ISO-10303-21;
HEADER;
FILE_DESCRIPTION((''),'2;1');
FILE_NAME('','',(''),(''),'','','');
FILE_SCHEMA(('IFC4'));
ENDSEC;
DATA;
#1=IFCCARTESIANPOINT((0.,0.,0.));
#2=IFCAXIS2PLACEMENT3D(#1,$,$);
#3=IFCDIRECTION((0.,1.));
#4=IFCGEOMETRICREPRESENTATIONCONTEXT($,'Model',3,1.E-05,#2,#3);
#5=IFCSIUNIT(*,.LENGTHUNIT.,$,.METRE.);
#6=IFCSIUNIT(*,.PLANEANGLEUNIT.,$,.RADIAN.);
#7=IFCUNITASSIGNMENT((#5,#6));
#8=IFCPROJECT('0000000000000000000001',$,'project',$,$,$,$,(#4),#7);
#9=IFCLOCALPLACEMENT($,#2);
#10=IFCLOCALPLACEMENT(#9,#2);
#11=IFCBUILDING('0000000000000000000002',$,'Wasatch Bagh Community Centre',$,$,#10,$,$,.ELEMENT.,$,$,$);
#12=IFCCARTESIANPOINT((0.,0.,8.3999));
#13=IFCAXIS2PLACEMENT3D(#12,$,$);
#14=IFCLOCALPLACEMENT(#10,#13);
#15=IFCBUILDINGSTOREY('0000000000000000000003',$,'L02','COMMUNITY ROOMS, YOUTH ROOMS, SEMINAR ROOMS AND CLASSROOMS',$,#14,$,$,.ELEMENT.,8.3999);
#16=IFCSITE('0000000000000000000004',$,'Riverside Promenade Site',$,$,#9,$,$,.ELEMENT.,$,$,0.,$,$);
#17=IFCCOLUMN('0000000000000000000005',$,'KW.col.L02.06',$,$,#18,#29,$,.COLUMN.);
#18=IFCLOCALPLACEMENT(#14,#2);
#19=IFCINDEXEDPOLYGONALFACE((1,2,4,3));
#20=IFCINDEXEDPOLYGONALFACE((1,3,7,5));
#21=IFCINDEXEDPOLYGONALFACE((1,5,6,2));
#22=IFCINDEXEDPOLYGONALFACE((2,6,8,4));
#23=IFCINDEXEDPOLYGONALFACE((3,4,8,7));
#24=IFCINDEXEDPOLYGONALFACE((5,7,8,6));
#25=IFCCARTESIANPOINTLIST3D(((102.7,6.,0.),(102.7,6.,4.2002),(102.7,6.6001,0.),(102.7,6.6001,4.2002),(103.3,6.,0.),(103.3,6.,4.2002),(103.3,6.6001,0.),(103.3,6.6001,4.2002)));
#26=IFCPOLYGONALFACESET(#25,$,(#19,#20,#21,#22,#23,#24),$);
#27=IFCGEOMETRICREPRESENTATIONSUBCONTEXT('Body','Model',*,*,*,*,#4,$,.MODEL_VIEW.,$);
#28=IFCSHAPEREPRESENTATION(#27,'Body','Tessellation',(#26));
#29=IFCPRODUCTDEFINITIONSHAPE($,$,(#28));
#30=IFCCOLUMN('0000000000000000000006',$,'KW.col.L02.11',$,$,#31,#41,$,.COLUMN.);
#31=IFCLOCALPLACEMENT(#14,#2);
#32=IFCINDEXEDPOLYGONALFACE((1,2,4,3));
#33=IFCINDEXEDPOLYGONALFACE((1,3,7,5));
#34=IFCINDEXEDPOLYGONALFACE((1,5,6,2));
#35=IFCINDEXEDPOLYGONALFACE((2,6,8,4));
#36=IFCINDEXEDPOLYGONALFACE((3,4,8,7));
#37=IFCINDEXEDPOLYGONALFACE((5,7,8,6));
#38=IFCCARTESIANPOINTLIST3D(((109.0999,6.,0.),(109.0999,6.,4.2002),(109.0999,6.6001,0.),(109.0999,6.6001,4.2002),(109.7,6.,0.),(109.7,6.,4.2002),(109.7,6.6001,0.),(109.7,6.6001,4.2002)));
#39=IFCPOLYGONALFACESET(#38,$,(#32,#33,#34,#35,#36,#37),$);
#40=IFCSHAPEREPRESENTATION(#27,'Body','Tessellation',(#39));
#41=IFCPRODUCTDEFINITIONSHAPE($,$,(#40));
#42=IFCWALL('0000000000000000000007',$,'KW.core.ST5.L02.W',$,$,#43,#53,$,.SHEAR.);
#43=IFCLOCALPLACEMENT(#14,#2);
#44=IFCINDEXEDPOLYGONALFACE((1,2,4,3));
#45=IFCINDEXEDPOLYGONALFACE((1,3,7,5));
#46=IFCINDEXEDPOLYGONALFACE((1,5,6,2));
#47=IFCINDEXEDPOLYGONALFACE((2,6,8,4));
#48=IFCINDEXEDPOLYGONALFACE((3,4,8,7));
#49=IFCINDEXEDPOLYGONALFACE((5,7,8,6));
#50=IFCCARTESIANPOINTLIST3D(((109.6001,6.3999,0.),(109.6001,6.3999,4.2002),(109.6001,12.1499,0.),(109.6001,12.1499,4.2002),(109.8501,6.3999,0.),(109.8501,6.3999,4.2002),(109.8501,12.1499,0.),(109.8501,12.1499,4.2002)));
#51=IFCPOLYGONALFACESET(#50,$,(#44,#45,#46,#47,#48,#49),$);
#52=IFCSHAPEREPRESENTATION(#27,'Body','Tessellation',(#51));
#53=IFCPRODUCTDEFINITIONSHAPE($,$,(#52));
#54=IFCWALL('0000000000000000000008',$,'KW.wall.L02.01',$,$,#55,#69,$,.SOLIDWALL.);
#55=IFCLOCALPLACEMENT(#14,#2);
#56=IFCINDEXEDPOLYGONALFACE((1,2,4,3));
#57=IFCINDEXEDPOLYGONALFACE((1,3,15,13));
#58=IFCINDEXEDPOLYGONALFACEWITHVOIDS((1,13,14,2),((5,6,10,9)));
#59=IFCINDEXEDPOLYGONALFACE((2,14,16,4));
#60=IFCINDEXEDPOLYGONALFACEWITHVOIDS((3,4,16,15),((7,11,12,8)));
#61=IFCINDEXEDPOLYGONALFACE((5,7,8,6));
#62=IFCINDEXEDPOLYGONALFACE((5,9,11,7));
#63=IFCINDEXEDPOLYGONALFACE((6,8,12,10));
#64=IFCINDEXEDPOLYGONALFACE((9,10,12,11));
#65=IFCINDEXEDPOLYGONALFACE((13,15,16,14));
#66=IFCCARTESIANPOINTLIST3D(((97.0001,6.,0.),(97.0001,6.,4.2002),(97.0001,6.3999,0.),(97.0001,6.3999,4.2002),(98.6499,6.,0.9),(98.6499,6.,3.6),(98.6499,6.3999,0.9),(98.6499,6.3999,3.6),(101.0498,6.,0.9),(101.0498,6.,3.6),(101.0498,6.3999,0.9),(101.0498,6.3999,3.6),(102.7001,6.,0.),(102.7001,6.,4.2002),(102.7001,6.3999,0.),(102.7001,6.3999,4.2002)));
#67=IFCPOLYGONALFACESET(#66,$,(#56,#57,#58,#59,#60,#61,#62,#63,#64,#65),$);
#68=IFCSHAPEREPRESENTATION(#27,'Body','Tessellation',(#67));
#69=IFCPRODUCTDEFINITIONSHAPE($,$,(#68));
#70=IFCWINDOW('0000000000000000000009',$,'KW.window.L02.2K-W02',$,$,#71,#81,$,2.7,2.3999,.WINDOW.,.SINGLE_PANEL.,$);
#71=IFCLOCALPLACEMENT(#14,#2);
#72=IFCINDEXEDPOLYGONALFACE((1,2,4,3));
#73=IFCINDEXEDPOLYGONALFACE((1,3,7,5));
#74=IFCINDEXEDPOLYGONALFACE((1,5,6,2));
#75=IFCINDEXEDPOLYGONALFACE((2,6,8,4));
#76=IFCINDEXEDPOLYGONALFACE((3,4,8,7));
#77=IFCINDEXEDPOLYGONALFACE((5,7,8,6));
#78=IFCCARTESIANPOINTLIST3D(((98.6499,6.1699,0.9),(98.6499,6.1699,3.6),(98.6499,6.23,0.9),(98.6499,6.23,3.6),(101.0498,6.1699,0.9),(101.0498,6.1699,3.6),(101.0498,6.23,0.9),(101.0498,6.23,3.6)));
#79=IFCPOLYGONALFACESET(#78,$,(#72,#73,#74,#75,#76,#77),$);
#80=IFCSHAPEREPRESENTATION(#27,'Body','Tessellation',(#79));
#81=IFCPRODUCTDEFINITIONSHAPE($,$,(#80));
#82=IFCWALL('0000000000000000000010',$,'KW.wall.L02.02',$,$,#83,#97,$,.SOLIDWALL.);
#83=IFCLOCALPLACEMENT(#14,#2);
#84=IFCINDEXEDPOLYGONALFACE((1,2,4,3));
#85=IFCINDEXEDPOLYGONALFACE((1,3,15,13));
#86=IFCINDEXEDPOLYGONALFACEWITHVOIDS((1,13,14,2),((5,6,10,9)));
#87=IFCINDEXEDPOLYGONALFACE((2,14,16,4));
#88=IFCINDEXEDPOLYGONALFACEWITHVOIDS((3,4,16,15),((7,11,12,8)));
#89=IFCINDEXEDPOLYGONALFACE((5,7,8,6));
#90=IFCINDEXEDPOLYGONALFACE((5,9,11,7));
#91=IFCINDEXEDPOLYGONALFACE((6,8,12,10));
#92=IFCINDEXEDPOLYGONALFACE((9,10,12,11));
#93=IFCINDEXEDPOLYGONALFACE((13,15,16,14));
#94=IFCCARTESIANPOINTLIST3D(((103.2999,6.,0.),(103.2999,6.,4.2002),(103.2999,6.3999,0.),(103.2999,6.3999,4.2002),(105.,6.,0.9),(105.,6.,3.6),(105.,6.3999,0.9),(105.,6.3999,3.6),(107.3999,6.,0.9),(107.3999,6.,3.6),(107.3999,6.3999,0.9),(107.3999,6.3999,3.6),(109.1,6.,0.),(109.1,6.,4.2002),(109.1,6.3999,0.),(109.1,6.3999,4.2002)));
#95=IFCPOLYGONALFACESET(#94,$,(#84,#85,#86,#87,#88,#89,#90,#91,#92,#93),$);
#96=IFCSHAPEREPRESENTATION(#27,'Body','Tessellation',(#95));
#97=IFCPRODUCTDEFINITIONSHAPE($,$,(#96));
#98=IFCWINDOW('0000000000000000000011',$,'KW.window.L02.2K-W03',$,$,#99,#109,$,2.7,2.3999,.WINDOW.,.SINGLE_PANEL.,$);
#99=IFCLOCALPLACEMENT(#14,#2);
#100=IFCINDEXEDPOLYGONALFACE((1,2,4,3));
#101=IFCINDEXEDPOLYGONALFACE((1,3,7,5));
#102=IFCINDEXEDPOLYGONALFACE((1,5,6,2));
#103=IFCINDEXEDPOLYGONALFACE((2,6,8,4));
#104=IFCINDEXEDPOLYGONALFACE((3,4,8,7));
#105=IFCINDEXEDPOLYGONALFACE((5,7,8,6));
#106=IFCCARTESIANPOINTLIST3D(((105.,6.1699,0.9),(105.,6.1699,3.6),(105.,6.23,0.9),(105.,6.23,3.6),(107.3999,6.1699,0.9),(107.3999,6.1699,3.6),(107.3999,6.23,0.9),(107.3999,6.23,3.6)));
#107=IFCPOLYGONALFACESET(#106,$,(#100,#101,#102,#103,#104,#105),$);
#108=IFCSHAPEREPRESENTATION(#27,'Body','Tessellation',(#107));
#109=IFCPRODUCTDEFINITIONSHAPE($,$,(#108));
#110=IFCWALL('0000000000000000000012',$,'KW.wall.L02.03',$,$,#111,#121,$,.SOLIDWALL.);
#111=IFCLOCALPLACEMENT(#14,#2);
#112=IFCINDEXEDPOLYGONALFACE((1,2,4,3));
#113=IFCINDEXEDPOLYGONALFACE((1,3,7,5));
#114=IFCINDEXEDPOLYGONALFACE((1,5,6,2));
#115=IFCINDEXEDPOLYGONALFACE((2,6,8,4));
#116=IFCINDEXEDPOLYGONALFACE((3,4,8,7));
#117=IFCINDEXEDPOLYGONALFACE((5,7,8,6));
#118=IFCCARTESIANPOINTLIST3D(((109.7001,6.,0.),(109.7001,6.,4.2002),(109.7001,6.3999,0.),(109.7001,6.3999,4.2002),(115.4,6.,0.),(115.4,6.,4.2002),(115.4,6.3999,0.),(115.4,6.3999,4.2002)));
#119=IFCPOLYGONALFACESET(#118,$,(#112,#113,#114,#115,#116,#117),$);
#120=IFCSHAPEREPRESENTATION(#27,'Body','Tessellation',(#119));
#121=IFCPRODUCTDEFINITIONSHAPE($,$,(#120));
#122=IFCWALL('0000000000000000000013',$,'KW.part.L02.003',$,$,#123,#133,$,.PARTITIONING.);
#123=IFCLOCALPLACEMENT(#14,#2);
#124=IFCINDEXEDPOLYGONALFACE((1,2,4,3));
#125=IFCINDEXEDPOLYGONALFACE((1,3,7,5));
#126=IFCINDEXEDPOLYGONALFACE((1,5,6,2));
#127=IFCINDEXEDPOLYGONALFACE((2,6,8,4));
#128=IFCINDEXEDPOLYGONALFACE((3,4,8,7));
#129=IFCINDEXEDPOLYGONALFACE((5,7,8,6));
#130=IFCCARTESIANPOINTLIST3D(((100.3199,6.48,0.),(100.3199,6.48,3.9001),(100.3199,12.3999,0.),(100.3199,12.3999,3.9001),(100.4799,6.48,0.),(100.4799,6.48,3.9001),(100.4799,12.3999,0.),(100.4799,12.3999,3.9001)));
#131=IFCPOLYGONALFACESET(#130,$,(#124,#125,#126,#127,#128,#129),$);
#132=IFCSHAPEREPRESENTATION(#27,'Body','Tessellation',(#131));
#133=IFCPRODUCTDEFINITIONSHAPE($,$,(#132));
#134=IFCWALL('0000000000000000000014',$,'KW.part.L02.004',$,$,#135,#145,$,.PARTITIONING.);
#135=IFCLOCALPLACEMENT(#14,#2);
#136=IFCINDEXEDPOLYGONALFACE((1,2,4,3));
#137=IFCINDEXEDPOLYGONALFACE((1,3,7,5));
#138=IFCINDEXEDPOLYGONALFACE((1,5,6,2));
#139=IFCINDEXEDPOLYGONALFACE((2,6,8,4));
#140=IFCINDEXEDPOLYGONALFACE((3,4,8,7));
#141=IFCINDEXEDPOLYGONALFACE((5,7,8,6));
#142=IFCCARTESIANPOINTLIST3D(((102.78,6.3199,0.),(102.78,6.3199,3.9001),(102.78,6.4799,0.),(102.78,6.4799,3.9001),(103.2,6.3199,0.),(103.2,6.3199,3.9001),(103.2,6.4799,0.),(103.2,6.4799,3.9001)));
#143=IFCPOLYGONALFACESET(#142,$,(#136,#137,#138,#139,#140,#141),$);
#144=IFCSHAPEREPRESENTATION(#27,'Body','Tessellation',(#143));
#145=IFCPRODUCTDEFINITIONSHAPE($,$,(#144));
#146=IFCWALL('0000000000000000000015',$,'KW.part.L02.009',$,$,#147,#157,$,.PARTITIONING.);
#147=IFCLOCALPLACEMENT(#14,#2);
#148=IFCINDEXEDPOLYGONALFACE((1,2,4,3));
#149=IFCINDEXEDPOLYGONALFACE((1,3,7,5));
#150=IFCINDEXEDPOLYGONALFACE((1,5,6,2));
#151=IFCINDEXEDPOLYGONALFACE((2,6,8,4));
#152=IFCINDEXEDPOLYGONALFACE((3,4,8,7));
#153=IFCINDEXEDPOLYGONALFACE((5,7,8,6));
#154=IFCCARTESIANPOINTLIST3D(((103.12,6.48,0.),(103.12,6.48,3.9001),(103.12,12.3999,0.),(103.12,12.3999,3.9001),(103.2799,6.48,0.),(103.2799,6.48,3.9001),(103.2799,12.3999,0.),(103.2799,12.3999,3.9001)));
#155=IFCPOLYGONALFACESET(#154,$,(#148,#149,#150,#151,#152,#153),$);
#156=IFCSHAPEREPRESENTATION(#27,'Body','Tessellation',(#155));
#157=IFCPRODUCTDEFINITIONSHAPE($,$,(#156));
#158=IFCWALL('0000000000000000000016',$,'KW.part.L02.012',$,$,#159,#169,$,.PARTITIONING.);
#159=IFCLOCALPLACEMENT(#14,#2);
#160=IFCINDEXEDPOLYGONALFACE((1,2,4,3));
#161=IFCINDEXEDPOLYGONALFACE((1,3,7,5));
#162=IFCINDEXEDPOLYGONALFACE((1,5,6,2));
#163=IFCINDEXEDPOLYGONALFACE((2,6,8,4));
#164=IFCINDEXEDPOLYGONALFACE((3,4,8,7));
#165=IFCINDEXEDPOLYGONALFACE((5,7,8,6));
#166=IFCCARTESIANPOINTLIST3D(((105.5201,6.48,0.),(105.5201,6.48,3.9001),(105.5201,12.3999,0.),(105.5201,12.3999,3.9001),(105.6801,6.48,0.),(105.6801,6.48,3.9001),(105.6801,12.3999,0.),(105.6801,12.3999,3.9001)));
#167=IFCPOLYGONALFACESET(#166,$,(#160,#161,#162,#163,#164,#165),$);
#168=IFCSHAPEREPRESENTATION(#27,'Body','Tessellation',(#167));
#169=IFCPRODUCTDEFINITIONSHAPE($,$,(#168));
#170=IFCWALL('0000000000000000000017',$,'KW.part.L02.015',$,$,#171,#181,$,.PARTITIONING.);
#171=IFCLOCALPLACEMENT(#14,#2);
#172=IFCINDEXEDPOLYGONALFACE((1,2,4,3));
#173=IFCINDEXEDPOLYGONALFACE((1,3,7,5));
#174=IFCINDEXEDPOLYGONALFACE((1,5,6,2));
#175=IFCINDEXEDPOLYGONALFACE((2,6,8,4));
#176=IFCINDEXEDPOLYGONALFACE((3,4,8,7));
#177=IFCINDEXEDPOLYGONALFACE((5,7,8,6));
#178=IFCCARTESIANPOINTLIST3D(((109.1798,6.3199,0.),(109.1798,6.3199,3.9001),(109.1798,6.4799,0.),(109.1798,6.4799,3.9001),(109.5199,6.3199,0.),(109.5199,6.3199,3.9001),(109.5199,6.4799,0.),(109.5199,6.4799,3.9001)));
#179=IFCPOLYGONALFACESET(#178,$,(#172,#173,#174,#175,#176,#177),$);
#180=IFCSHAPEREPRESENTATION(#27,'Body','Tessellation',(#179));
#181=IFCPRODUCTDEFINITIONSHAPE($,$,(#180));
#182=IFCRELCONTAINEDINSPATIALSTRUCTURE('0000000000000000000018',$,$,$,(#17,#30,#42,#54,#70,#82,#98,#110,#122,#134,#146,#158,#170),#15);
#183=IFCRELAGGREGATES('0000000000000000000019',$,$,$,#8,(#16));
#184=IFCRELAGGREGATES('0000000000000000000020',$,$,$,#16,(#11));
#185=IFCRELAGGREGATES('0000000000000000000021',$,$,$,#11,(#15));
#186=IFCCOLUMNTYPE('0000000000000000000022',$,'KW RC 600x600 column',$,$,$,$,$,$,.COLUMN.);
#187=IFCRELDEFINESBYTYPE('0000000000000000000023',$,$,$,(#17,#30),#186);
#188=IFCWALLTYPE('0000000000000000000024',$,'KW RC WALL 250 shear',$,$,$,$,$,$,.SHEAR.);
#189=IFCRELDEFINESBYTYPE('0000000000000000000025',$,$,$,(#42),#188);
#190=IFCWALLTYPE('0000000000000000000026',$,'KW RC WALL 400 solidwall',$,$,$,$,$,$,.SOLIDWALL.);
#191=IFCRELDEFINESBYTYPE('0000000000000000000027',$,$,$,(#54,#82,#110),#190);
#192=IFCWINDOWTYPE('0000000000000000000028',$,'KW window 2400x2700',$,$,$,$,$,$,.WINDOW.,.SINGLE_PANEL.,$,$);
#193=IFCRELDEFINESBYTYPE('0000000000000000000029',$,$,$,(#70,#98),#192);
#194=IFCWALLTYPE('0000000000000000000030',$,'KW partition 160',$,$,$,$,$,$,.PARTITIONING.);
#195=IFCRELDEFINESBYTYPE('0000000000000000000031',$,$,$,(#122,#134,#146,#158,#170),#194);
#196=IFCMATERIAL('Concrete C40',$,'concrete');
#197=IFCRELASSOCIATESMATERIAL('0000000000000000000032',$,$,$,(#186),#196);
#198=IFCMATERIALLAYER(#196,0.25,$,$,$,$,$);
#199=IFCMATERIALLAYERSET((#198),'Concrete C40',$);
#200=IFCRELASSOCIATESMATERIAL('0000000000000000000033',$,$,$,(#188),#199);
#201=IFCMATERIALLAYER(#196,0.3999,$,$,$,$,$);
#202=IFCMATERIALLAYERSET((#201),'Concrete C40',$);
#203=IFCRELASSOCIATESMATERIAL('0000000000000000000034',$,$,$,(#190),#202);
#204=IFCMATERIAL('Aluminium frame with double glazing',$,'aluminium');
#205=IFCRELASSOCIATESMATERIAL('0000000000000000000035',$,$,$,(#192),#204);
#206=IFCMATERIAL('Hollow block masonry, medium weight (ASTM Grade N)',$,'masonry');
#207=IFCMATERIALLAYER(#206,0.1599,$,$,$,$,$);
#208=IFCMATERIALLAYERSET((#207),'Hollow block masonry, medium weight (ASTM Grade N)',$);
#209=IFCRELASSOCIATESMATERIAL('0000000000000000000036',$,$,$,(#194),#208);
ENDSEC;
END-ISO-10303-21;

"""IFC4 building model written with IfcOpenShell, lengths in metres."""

from ifc_helpers import new_model, si_unit, direction, frame, frame_2d, origin, origin_2d, place, context, subcontext, project, spatial, rectangle, extrude, material, layer, layer_set, material_profile, profile_set, type_object, element, fill, save


model = new_model("IFC4")

# Units and contexts
model_context = context("Model", 3, precision=1e-05, world=origin(), true_north=direction((0.0, 1.0)))
body_context = subcontext(model_context, "Body", "Model", "MODEL_VIEW")
ifc_project = project(units=[si_unit("LENGTHUNIT", "METRE"), si_unit("PLANEANGLEUNIT", "RADIAN")], contexts=[model_context])

# Site, building, storey
site_placement = place(None, origin())
site = spatial("IfcSite", under=ifc_project, at=site_placement, Name="Riverside Promenade Site", CompositionType="ELEMENT", RefElevation=0.0)
building_placement = place(site_placement, origin())
building = spatial("IfcBuilding", under=site, at=building_placement, Name="Wasatch Bagh Community Centre", CompositionType="ELEMENT")
storey_placement = place(building_placement, frame((0.0, 0.0, 8.3999)))
storey = spatial("IfcBuildingStorey", under=building, at=storey_placement, Name="L02", Description="COMMUNITY ROOMS, YOUTH ROOMS, SEMINAR ROOMS AND CLASSROOMS", CompositionType="ELEMENT", Elevation=8.3999)

# Columns
ifc_material_1 = material(Name="Concrete C40", Category="concrete")
ifc_material_profile = material_profile(ifc_material_1, rectangle(XDim=0.6001, YDim=0.6001, at=origin_2d()), Name="RC 600x600")
ifc_profile_set = profile_set([ifc_material_profile], Name="Concrete C40")
column_type = type_object("IfcColumnType", Name="KW RC 600x600 column", PredefinedType="COLUMN", material=ifc_profile_set)
for number, where, z_axis, x_axis, name in (
    (1, (103.0, 6.3, 0.0), (0.0, 0.0, 1.0), (1.0, 0.0, 0.0), "KW.col.L02.06"),
    (2, (109.3999, 6.3, 0.0), (0.0, 0.0, 1.0), (1.0, 0.0, 0.0), "KW.col.L02.11"),
):
    element("IfcColumn", number, at=place(storey_placement, frame(where, z_axis=z_axis, x_axis=x_axis)), inside=storey, type_object=column_type, Name=name, PredefinedType="COLUMN", context=body_context, shape_type="SweptSolid", body=[
        extrude(rectangle(XDim=0.6001, YDim=0.6001, at=origin_2d()), origin(), (0.0, 0.0, 1.0), 4.2002),
    ])

# Wall
ifc_layer_1 = layer(ifc_material_1, 0.25)
ifc_layer_set_1 = layer_set([ifc_layer_1], Name="Concrete C40")
wall_type_1 = type_object("IfcWallType", Name="KW RC WALL 250 shear", PredefinedType="SHEAR", material=ifc_layer_set_1)
wall_1_placement = place(storey_placement, frame((109.7251, 6.3999, 0.0), z_axis=(0.0, 0.0, 1.0), x_axis=(0.0, 1.0, 0.0)))
element("IfcWall", 3, at=wall_1_placement, inside=storey, type_object=wall_type_1, Name="KW.core.ST5.L02.W", PredefinedType="SHEAR", context=body_context, shape_type="SweptSolid", body=[
    extrude(rectangle(XDim=5.75, YDim=0.25, at=frame_2d((2.875, 0.0))), origin(), (0.0, 0.0, 1.0), 4.2002),
])

# Walls, openings, windows
ifc_layer_2 = layer(ifc_material_1, 0.3999)
ifc_layer_set_2 = layer_set([ifc_layer_2], Name="Concrete C40")
wall_type_2 = type_object("IfcWallType", Name="KW RC WALL 400 solidwall", PredefinedType="SOLIDWALL", material=ifc_layer_set_2)
wall_2_placement = place(storey_placement, frame((97.0, 6.2, 0.0), z_axis=(0.0, 0.0, 1.0), x_axis=(1.0, 0.0, 0.0)))
wall_2 = element("IfcWall", 4, at=wall_2_placement, inside=storey, type_object=wall_type_2, Name="KW.wall.L02.01", PredefinedType="SOLIDWALL", context=body_context, shape_type="SweptSolid", body=[
    extrude(rectangle(XDim=5.7, YDim=0.3999, at=frame_2d((2.8501, 0.0))), origin(), (0.0, 0.0, 1.0), 4.2002),
])
opening_1_placement = place(wall_2_placement, frame((1.6499, 0.0, 0.8999)))
opening_1 = element("IfcOpeningElement", 5, at=opening_1_placement, cuts=wall_2, PredefinedType="OPENING", context=body_context, shape_type="SweptSolid", body=[
    extrude(rectangle(XDim=2.3999, YDim=2.7, at=frame_2d((1.2, 1.3501))), frame((0.0, 0.21, 0.0), z_axis=(0.0, -1.0, 0.0), x_axis=(1.0, 0.0, 0.0)), (0.0, 0.0, 1.0), 0.4199),
])
ifc_material_2 = material(Name="Aluminium frame with double glazing", Category="aluminium")
window_type = type_object("IfcWindowType", Name="KW window 2400x2700", PartitioningType="SINGLE_PANEL", PredefinedType="WINDOW", material=ifc_material_2)
window_1_placement = place(opening_1_placement, origin())
window_1 = element("IfcWindow", 6, at=window_1_placement, inside=storey, type_object=window_type, Name="KW.window.L02.2K-W02", OverallHeight=2.7, OverallWidth=2.3999, PartitioningType="SINGLE_PANEL", PredefinedType="WINDOW", context=body_context, shape_type="SweptSolid", body=[
    extrude(rectangle(XDim=2.3999, YDim=2.7, at=frame_2d((1.2, 1.3501))), frame((0.0, 0.03, 0.0), z_axis=(0.0, -1.0, 0.0), x_axis=(1.0, 0.0, 0.0)), (0.0, 0.0, 1.0), 0.0601),
])
fill(opening_1, window_1)
wall_3_placement = place(storey_placement, frame((103.3, 6.2, 0.0), z_axis=(0.0, 0.0, 1.0), x_axis=(1.0, 0.0, 0.0)))
wall_3 = element("IfcWall", 7, at=wall_3_placement, inside=storey, type_object=wall_type_2, Name="KW.wall.L02.02", PredefinedType="SOLIDWALL", context=body_context, shape_type="SweptSolid", body=[
    extrude(rectangle(XDim=5.8, YDim=0.3999, at=frame_2d((2.8999, 0.0))), origin(), (0.0, 0.0, 1.0), 4.2002),
])
opening_2_placement = place(wall_3_placement, frame((1.7, 0.0, 0.8999)))
opening_2 = element("IfcOpeningElement", 8, at=opening_2_placement, cuts=wall_3, PredefinedType="OPENING", context=body_context, shape_type="SweptSolid", body=[
    extrude(rectangle(XDim=2.3999, YDim=2.7, at=frame_2d((1.2, 1.3501))), frame((0.0, 0.21, 0.0), z_axis=(0.0, -1.0, 0.0), x_axis=(1.0, 0.0, 0.0)), (0.0, 0.0, 1.0), 0.4199),
])
window_2_placement = place(opening_2_placement, origin())
window_2 = element("IfcWindow", 9, at=window_2_placement, inside=storey, type_object=window_type, Name="KW.window.L02.2K-W03", OverallHeight=2.7, OverallWidth=2.3999, PartitioningType="SINGLE_PANEL", PredefinedType="WINDOW", context=body_context, shape_type="SweptSolid", body=[
    extrude(rectangle(XDim=2.3999, YDim=2.7, at=frame_2d((1.2, 1.3501))), frame((0.0, 0.03, 0.0), z_axis=(0.0, -1.0, 0.0), x_axis=(1.0, 0.0, 0.0)), (0.0, 0.0, 1.0), 0.0601),
])
fill(opening_2, window_2)

# Walls
wall_4_placement = place(storey_placement, frame((109.7, 6.2, 0.0), z_axis=(0.0, 0.0, 1.0), x_axis=(1.0, 0.0, 0.0)))
element("IfcWall", 10, at=wall_4_placement, inside=storey, type_object=wall_type_2, Name="KW.wall.L02.03", PredefinedType="SOLIDWALL", context=body_context, shape_type="SweptSolid", body=[
    extrude(rectangle(XDim=5.7, YDim=0.3999, at=frame_2d((2.8501, 0.0))), origin(), (0.0, 0.0, 1.0), 4.2002),
])
ifc_material_3 = material(Name="Hollow block masonry, medium weight (ASTM Grade N)", Category="masonry")
ifc_layer_3 = layer(ifc_material_3, 0.1599)
ifc_layer_set_3 = layer_set([ifc_layer_3], Name="Hollow block masonry, medium weight (ASTM Grade N)")
wall_type_3 = type_object("IfcWallType", Name="KW partition 160", PredefinedType="PARTITIONING", material=ifc_layer_set_3)
wall_5_placement = place(storey_placement, frame((100.3999, 6.48, 0.0), z_axis=(0.0, 0.0, 1.0), x_axis=(0.0, 1.0, 0.0)))
element("IfcWall", 11, at=wall_5_placement, inside=storey, type_object=wall_type_3, Name="KW.part.L02.003", PredefinedType="PARTITIONING", context=body_context, shape_type="SweptSolid", body=[
    extrude(rectangle(XDim=5.9199, YDim=0.1599, at=frame_2d((2.96, 0.0))), origin(), (0.0, 0.0, 1.0), 3.9001),
])
wall_6_placement = place(storey_placement, frame((102.78, 6.3999, 0.0), z_axis=(0.0, 0.0, 1.0), x_axis=(1.0, 0.0, 0.0)))
element("IfcWall", 12, at=wall_6_placement, inside=storey, type_object=wall_type_3, Name="KW.part.L02.004", PredefinedType="PARTITIONING", context=body_context, shape_type="SweptSolid", body=[
    extrude(rectangle(XDim=0.4199, YDim=0.1599, at=frame_2d((0.21, 0.0))), origin(), (0.0, 0.0, 1.0), 3.9001),
])
for number, where, z_axis, x_axis, name in (
    (13, (103.2, 6.48, 0.0), (0.0, 0.0, 1.0), (0.0, 1.0, 0.0), "KW.part.L02.009"),
    (14, (105.6001, 6.48, 0.0), (0.0, 0.0, 1.0), (0.0, 1.0, 0.0), "KW.part.L02.012"),
):
    element("IfcWall", number, at=place(storey_placement, frame(where, z_axis=z_axis, x_axis=x_axis)), inside=storey, type_object=wall_type_3, Name=name, PredefinedType="PARTITIONING", context=body_context, shape_type="SweptSolid", body=[
        extrude(rectangle(XDim=5.9199, YDim=0.1599, at=frame_2d((2.96, 0.0))), origin(), (0.0, 0.0, 1.0), 3.9001),
    ])
wall_7_placement = place(storey_placement, frame((109.1799, 6.3999, 0.0), z_axis=(0.0, 0.0, 1.0), x_axis=(1.0, 0.0, 0.0)))
element("IfcWall", 15, at=wall_7_placement, inside=storey, type_object=wall_type_3, Name="KW.part.L02.015", PredefinedType="PARTITIONING", context=body_context, shape_type="SweptSolid", body=[
    extrude(rectangle(XDim=0.3401, YDim=0.1599, at=frame_2d((0.1699, 0.0))), origin(), (0.0, 0.0, 1.0), 3.9001),
])

save(model, "model.ifc")
